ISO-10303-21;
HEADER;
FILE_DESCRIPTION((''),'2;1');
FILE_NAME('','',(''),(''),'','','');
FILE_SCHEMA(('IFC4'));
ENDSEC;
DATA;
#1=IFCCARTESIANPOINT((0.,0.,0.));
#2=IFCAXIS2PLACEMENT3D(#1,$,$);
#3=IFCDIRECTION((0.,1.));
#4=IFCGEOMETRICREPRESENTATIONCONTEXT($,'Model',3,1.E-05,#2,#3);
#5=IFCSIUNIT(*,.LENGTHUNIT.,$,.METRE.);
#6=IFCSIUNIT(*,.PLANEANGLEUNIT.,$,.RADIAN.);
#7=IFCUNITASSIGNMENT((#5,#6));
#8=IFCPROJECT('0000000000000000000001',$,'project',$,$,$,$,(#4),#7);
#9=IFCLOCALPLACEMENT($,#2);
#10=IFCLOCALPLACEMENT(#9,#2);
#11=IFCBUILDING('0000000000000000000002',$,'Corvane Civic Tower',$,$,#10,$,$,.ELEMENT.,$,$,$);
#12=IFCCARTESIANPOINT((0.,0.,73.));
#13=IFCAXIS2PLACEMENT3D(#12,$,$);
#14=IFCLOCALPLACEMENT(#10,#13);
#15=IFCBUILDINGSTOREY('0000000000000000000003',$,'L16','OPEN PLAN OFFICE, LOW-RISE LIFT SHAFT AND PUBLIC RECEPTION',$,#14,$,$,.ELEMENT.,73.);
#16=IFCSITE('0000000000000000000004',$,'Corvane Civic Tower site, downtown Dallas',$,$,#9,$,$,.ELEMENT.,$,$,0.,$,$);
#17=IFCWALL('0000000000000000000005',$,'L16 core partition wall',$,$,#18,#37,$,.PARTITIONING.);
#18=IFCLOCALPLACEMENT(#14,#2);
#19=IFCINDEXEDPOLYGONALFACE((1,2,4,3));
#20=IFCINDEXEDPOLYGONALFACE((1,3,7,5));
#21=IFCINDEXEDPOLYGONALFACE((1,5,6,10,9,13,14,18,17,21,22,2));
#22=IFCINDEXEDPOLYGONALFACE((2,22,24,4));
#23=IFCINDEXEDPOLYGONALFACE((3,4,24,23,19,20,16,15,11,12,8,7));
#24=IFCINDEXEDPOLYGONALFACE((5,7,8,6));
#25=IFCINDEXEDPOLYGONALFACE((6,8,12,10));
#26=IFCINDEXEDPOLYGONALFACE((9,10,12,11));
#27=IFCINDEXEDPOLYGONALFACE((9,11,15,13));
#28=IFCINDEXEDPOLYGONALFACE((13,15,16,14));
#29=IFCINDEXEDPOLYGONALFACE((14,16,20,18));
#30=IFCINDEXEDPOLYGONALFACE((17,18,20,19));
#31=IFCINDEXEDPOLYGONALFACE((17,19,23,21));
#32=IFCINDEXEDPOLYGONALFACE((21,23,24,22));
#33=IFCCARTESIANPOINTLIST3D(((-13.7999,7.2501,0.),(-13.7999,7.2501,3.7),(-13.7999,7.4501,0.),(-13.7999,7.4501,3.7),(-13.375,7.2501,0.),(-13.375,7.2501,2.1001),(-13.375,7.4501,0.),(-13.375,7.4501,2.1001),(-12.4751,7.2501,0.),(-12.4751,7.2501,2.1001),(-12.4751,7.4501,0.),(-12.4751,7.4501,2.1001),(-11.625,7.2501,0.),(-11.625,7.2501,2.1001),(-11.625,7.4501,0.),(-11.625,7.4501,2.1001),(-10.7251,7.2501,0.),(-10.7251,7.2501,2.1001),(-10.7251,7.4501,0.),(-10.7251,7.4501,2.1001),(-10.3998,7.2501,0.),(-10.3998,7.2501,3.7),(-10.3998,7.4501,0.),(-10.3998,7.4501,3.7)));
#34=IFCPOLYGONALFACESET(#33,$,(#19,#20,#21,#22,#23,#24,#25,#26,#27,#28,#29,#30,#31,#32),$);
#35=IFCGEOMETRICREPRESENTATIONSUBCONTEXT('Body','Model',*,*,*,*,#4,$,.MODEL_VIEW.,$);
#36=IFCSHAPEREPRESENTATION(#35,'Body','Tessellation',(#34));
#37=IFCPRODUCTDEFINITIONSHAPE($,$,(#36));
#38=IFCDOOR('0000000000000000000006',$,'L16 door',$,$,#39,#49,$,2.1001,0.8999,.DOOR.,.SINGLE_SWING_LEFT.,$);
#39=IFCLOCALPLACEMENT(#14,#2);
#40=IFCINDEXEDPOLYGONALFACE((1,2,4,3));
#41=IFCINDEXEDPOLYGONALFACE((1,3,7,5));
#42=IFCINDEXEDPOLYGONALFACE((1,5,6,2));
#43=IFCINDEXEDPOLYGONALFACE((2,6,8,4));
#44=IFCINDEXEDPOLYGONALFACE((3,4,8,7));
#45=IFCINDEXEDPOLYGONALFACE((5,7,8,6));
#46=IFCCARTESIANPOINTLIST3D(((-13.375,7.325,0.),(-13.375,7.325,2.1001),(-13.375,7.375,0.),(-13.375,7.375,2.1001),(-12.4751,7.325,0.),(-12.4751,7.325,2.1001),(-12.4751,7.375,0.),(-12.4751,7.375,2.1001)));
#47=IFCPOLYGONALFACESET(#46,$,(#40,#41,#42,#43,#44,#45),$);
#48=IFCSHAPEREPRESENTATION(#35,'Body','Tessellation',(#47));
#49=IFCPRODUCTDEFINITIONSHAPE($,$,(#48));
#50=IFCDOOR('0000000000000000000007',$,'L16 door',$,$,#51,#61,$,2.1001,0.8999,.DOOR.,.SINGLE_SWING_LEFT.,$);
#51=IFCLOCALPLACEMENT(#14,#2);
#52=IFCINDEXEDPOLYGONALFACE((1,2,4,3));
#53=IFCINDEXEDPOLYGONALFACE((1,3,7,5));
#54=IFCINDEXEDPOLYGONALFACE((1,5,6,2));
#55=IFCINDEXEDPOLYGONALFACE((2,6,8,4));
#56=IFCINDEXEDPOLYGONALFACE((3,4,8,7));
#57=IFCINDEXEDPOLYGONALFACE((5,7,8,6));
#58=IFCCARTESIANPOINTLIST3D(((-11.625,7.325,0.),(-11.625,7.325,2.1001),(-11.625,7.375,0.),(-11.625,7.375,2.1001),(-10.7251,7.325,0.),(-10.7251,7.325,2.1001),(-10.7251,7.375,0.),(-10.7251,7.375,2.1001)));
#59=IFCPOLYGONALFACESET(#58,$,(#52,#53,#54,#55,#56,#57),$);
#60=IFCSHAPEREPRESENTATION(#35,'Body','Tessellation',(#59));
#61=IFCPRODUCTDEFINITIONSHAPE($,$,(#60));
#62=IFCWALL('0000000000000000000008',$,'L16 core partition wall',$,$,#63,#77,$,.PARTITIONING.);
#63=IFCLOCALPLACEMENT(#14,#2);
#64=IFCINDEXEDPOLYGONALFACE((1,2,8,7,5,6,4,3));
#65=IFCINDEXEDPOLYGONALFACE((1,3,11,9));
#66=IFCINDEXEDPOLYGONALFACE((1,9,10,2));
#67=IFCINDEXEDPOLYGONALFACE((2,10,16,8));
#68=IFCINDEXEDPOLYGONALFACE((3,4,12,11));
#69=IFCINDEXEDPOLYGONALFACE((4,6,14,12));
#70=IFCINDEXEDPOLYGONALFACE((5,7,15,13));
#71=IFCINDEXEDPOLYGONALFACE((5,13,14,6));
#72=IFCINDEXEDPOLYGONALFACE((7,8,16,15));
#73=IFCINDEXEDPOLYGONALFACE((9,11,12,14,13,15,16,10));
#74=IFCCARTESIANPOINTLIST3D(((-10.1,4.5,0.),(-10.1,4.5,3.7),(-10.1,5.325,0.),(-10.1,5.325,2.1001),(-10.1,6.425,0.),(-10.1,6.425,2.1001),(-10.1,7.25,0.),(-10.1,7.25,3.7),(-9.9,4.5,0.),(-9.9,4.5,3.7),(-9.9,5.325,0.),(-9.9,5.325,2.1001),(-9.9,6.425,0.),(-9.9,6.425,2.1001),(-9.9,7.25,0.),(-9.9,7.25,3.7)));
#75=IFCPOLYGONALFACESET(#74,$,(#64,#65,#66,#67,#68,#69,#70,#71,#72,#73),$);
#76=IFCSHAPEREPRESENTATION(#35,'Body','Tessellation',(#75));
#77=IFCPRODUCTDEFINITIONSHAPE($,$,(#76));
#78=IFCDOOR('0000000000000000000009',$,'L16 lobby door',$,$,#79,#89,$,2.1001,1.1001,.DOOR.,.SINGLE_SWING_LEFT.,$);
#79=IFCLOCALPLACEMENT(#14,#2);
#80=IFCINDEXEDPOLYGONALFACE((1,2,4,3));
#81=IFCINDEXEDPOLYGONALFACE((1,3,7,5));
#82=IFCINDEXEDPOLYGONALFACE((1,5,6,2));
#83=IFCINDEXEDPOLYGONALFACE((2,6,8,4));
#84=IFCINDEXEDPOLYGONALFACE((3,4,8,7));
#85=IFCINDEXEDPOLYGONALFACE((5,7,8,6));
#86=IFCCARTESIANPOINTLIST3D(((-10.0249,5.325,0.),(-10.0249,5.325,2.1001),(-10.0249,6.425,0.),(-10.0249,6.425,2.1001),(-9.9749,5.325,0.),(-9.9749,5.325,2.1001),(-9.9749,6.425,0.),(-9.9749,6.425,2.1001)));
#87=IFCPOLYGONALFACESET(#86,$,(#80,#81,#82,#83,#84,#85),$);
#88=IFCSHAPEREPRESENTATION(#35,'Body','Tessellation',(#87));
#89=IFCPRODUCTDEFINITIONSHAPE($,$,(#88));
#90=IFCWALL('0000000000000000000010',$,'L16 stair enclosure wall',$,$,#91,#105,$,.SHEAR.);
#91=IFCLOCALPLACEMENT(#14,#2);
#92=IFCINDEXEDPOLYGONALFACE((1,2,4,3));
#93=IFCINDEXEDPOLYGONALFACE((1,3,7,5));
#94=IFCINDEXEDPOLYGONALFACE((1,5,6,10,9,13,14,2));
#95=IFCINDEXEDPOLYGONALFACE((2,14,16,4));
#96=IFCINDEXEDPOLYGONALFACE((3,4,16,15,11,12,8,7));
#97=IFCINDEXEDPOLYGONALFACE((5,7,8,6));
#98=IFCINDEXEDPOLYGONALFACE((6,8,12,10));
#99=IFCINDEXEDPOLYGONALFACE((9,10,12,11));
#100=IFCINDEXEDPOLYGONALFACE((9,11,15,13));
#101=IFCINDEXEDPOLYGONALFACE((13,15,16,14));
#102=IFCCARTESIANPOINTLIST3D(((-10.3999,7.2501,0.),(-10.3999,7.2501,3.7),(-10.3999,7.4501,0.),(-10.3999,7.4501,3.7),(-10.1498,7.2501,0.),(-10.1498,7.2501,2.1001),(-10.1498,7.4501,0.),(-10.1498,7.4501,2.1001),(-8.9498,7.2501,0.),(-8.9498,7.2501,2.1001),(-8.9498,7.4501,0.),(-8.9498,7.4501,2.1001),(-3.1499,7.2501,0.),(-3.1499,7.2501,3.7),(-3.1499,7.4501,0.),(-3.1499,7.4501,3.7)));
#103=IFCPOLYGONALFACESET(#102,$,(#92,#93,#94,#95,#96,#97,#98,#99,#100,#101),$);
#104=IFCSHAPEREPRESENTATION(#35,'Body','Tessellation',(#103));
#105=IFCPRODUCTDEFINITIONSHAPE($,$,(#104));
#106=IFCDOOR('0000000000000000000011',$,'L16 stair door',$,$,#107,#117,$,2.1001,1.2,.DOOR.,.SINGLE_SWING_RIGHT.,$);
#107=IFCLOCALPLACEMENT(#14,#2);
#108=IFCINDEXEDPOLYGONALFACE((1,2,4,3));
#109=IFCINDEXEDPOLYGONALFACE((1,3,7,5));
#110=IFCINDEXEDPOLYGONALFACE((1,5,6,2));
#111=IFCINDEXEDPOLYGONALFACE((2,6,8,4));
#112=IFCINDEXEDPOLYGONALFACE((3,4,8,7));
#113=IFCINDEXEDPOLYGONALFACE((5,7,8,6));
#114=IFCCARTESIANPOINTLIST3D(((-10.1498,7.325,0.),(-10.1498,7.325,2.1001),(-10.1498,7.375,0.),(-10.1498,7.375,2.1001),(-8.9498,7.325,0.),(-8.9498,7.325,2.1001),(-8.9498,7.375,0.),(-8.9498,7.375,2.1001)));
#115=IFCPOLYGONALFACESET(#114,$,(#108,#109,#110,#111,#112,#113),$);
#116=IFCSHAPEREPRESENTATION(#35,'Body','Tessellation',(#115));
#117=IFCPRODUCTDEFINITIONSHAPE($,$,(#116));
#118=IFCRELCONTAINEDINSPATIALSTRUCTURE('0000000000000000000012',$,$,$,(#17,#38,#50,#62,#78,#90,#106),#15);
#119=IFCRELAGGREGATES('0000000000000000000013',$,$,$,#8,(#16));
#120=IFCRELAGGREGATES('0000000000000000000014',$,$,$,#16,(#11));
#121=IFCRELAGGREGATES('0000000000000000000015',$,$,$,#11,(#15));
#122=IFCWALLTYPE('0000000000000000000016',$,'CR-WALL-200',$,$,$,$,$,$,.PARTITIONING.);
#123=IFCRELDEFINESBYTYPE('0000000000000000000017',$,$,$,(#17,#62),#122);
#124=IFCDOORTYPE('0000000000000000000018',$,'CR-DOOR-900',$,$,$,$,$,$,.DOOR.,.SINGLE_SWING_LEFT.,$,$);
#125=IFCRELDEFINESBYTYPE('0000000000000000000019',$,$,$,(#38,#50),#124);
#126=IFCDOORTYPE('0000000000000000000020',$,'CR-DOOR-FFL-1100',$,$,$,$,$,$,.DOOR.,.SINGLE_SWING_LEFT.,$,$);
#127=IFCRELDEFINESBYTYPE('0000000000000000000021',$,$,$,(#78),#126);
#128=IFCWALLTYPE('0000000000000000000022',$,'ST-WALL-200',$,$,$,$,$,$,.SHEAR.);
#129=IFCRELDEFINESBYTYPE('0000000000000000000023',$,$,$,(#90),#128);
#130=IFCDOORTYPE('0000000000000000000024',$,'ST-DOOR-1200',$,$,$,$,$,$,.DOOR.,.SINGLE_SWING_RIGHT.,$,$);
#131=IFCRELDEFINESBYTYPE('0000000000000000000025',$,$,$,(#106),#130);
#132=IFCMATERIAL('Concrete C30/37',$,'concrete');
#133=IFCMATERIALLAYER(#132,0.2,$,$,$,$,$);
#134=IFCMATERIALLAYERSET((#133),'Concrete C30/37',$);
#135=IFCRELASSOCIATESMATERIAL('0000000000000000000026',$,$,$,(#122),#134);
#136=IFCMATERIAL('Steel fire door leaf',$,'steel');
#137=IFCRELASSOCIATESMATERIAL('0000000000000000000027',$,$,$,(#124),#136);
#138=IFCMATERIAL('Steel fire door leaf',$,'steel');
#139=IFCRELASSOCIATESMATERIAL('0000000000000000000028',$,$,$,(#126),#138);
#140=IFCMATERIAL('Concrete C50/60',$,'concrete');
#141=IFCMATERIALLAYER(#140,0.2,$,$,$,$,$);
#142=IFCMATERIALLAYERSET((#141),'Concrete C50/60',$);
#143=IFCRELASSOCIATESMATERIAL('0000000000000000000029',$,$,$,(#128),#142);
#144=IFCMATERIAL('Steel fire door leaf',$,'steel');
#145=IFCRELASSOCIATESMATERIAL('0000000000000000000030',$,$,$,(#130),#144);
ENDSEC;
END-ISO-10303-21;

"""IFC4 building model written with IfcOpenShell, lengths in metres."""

from ifc_helpers import new_model, si_unit, direction, frame, frame_2d, origin, place, context, subcontext, project, spatial, rectangle, extrude, material, layer, layer_set, type_object, element, fill, save


model = new_model("IFC4")

# Units and contexts
model_context = context("Model", 3, precision=1e-05, world=origin(), true_north=direction((0.0, 1.0)))
body_context = subcontext(model_context, "Body", "Model", "MODEL_VIEW")
ifc_project = project(units=[si_unit("LENGTHUNIT", "METRE"), si_unit("PLANEANGLEUNIT", "RADIAN")], contexts=[model_context])

# Site, building, storey
site_placement = place(None, origin())
site = spatial("IfcSite", under=ifc_project, at=site_placement, Name="Corvane Civic Tower site, downtown Dallas", CompositionType="ELEMENT", RefElevation=0.0)
building_placement = place(site_placement, origin())
building = spatial("IfcBuilding", under=site, at=building_placement, Name="Corvane Civic Tower", CompositionType="ELEMENT")
storey_placement = place(building_placement, frame((0.0, 0.0, 73.0)))
storey = spatial("IfcBuildingStorey", under=building, at=storey_placement, Name="L16", Description="OPEN PLAN OFFICE, LOW-RISE LIFT SHAFT AND PUBLIC RECEPTION", CompositionType="ELEMENT", Elevation=73.0)

# Wall, openings, doors
ifc_material_1 = material(Name="Concrete C30/37", Category="concrete")
ifc_layer_1 = layer(ifc_material_1, 0.2)
ifc_layer_set_1 = layer_set([ifc_layer_1], Name="Concrete C30/37")
wall_type_1 = type_object("IfcWallType", Name="CR-WALL-200", PredefinedType="PARTITIONING", material=ifc_layer_set_1)
wall_1_placement = place(storey_placement, frame((-13.8, 7.3501, 0.0), z_axis=(0.0, 0.0, 1.0), x_axis=(1.0, 0.0, 0.0)))
wall_1 = element("IfcWall", 1, at=wall_1_placement, inside=storey, type_object=wall_type_1, Name="L16 core partition wall", PredefinedType="PARTITIONING", context=body_context, shape_type="SweptSolid", body=[
    extrude(rectangle(XDim=3.4001, YDim=0.2, at=frame_2d((1.7002, 0.0))), origin(), (0.0, 0.0, 1.0), 3.7),
])
opening_1_placement = place(wall_1_placement, frame((0.425, 0.0, 0.0)))
opening_1 = element("IfcOpeningElement", 2, at=opening_1_placement, cuts=wall_1, PredefinedType="OPENING", context=body_context, shape_type="SweptSolid", body=[
    extrude(rectangle(XDim=0.8999, YDim=2.1001, at=frame_2d((0.45, 1.05))), frame((0.0, 0.1099, 0.0), z_axis=(0.0, -1.0, 0.0), x_axis=(1.0, 0.0, 0.0)), (0.0, 0.0, 1.0), 0.22),
])
opening_2_placement = place(wall_1_placement, frame((2.175, 0.0, 0.0)))
opening_2 = element("IfcOpeningElement", 3, at=opening_2_placement, cuts=wall_1, PredefinedType="OPENING", context=body_context, shape_type="SweptSolid", body=[
    extrude(rectangle(XDim=0.8999, YDim=2.1001, at=frame_2d((0.45, 1.05))), frame((0.0, 0.1099, 0.0), z_axis=(0.0, -1.0, 0.0), x_axis=(1.0, 0.0, 0.0)), (0.0, 0.0, 1.0), 0.22),
])
ifc_material_2 = material(Name="Steel fire door leaf", Category="steel")
door_type_1 = type_object("IfcDoorType", Name="CR-DOOR-900", OperationType="SINGLE_SWING_LEFT", PredefinedType="DOOR", material=ifc_material_2)
door_1_placement = place(opening_1_placement, origin())
door_1 = element("IfcDoor", 4, at=door_1_placement, inside=storey, type_object=door_type_1, Name="L16 door", OperationType="SINGLE_SWING_LEFT", OverallHeight=2.1001, OverallWidth=0.8999, PredefinedType="DOOR", context=body_context, shape_type="SweptSolid", body=[
    extrude(rectangle(XDim=0.8999, YDim=2.1001, at=frame_2d((0.45, 1.05))), frame((0.0, 0.0249, 0.0), z_axis=(0.0, -1.0, 0.0), x_axis=(1.0, 0.0, 0.0)), (0.0, 0.0, 1.0), 0.05),
])
fill(opening_1, door_1)
door_2_placement = place(opening_2_placement, origin())
door_2 = element("IfcDoor", 5, at=door_2_placement, inside=storey, type_object=door_type_1, Name="L16 door", OperationType="SINGLE_SWING_LEFT", OverallHeight=2.1001, OverallWidth=0.8999, PredefinedType="DOOR", context=body_context, shape_type="SweptSolid", body=[
    extrude(rectangle(XDim=0.8999, YDim=2.1001, at=frame_2d((0.45, 1.05))), frame((0.0, 0.0249, 0.0), z_axis=(0.0, -1.0, 0.0), x_axis=(1.0, 0.0, 0.0)), (0.0, 0.0, 1.0), 0.05),
])
fill(opening_2, door_2)

# Walls, openings, doors
wall_2_placement = place(storey_placement, frame((-10.0, 4.5, 0.0), z_axis=(0.0, 0.0, 1.0), x_axis=(0.0, 1.0, 0.0)))
wall_2 = element("IfcWall", 6, at=wall_2_placement, inside=storey, type_object=wall_type_1, Name="L16 core partition wall", PredefinedType="PARTITIONING", context=body_context, shape_type="SweptSolid", body=[
    extrude(rectangle(XDim=2.75, YDim=0.2, at=frame_2d((1.375, 0.0))), origin(), (0.0, 0.0, 1.0), 3.7),
])
opening_3_placement = place(wall_2_placement, frame((0.825, 0.0, 0.0)))
opening_3 = element("IfcOpeningElement", 7, at=opening_3_placement, cuts=wall_2, PredefinedType="OPENING", context=body_context, shape_type="SweptSolid", body=[
    extrude(rectangle(XDim=1.1001, YDim=2.1001, at=frame_2d((0.55, 1.05))), frame((0.0, 0.1099, 0.0), z_axis=(0.0, -1.0, 0.0), x_axis=(1.0, 0.0, 0.0)), (0.0, 0.0, 1.0), 0.22),
])
ifc_material_3 = material(Name="Steel fire door leaf", Category="steel")
door_type_2 = type_object("IfcDoorType", Name="CR-DOOR-FFL-1100", OperationType="SINGLE_SWING_LEFT", PredefinedType="DOOR", material=ifc_material_3)
door_3_placement = place(opening_3_placement, origin())
door_3 = element("IfcDoor", 8, at=door_3_placement, inside=storey, type_object=door_type_2, Name="L16 lobby door", OperationType="SINGLE_SWING_LEFT", OverallHeight=2.1001, OverallWidth=1.1001, PredefinedType="DOOR", context=body_context, shape_type="SweptSolid", body=[
    extrude(rectangle(XDim=1.1001, YDim=2.1001, at=frame_2d((0.55, 1.05))), frame((0.0, 0.0249, 0.0), z_axis=(0.0, -1.0, 0.0), x_axis=(1.0, 0.0, 0.0)), (0.0, 0.0, 1.0), 0.05),
])
fill(opening_3, door_3)
ifc_material_4 = material(Name="Concrete C50/60", Category="concrete")
ifc_layer_2 = layer(ifc_material_4, 0.2)
ifc_layer_set_2 = layer_set([ifc_layer_2], Name="Concrete C50/60")
wall_type_2 = type_object("IfcWallType", Name="ST-WALL-200", PredefinedType="SHEAR", material=ifc_layer_set_2)
wall_3_placement = place(storey_placement, frame((-10.3999, 7.3501, 0.0), z_axis=(0.0, 0.0, 1.0), x_axis=(1.0, 0.0, 0.0)))
wall_3 = element("IfcWall", 9, at=wall_3_placement, inside=storey, type_object=wall_type_2, Name="L16 stair enclosure wall", PredefinedType="SHEAR", context=body_context, shape_type="SweptSolid", body=[
    extrude(rectangle(XDim=7.25, YDim=0.2, at=frame_2d((3.625, 0.0))), origin(), (0.0, 0.0, 1.0), 3.7),
])
opening_4_placement = place(wall_3_placement, frame((0.25, 0.0, 0.0)))
opening_4 = element("IfcOpeningElement", 10, at=opening_4_placement, cuts=wall_3, PredefinedType="OPENING", context=body_context, shape_type="SweptSolid", body=[
    extrude(rectangle(XDim=1.2, YDim=2.1001, at=frame_2d((0.6001, 1.05))), frame((0.0, 0.1099, 0.0), z_axis=(0.0, -1.0, 0.0), x_axis=(1.0, 0.0, 0.0)), (0.0, 0.0, 1.0), 0.22),
])
ifc_material_5 = material(Name="Steel fire door leaf", Category="steel")
door_type_3 = type_object("IfcDoorType", Name="ST-DOOR-1200", OperationType="SINGLE_SWING_RIGHT", PredefinedType="DOOR", material=ifc_material_5)
door_4_placement = place(opening_4_placement, origin())
door_4 = element("IfcDoor", 11, at=door_4_placement, inside=storey, type_object=door_type_3, Name="L16 stair door", OperationType="SINGLE_SWING_RIGHT", OverallHeight=2.1001, OverallWidth=1.2, PredefinedType="DOOR", context=body_context, shape_type="SweptSolid", body=[
    extrude(rectangle(XDim=1.2, YDim=2.1001, at=frame_2d((0.6001, 1.05))), frame((0.0, 0.0249, 0.0), z_axis=(0.0, -1.0, 0.0), x_axis=(1.0, 0.0, 0.0)), (0.0, 0.0, 1.0), 0.05),
])
fill(opening_4, door_4)

save(model, "model.ifc")
